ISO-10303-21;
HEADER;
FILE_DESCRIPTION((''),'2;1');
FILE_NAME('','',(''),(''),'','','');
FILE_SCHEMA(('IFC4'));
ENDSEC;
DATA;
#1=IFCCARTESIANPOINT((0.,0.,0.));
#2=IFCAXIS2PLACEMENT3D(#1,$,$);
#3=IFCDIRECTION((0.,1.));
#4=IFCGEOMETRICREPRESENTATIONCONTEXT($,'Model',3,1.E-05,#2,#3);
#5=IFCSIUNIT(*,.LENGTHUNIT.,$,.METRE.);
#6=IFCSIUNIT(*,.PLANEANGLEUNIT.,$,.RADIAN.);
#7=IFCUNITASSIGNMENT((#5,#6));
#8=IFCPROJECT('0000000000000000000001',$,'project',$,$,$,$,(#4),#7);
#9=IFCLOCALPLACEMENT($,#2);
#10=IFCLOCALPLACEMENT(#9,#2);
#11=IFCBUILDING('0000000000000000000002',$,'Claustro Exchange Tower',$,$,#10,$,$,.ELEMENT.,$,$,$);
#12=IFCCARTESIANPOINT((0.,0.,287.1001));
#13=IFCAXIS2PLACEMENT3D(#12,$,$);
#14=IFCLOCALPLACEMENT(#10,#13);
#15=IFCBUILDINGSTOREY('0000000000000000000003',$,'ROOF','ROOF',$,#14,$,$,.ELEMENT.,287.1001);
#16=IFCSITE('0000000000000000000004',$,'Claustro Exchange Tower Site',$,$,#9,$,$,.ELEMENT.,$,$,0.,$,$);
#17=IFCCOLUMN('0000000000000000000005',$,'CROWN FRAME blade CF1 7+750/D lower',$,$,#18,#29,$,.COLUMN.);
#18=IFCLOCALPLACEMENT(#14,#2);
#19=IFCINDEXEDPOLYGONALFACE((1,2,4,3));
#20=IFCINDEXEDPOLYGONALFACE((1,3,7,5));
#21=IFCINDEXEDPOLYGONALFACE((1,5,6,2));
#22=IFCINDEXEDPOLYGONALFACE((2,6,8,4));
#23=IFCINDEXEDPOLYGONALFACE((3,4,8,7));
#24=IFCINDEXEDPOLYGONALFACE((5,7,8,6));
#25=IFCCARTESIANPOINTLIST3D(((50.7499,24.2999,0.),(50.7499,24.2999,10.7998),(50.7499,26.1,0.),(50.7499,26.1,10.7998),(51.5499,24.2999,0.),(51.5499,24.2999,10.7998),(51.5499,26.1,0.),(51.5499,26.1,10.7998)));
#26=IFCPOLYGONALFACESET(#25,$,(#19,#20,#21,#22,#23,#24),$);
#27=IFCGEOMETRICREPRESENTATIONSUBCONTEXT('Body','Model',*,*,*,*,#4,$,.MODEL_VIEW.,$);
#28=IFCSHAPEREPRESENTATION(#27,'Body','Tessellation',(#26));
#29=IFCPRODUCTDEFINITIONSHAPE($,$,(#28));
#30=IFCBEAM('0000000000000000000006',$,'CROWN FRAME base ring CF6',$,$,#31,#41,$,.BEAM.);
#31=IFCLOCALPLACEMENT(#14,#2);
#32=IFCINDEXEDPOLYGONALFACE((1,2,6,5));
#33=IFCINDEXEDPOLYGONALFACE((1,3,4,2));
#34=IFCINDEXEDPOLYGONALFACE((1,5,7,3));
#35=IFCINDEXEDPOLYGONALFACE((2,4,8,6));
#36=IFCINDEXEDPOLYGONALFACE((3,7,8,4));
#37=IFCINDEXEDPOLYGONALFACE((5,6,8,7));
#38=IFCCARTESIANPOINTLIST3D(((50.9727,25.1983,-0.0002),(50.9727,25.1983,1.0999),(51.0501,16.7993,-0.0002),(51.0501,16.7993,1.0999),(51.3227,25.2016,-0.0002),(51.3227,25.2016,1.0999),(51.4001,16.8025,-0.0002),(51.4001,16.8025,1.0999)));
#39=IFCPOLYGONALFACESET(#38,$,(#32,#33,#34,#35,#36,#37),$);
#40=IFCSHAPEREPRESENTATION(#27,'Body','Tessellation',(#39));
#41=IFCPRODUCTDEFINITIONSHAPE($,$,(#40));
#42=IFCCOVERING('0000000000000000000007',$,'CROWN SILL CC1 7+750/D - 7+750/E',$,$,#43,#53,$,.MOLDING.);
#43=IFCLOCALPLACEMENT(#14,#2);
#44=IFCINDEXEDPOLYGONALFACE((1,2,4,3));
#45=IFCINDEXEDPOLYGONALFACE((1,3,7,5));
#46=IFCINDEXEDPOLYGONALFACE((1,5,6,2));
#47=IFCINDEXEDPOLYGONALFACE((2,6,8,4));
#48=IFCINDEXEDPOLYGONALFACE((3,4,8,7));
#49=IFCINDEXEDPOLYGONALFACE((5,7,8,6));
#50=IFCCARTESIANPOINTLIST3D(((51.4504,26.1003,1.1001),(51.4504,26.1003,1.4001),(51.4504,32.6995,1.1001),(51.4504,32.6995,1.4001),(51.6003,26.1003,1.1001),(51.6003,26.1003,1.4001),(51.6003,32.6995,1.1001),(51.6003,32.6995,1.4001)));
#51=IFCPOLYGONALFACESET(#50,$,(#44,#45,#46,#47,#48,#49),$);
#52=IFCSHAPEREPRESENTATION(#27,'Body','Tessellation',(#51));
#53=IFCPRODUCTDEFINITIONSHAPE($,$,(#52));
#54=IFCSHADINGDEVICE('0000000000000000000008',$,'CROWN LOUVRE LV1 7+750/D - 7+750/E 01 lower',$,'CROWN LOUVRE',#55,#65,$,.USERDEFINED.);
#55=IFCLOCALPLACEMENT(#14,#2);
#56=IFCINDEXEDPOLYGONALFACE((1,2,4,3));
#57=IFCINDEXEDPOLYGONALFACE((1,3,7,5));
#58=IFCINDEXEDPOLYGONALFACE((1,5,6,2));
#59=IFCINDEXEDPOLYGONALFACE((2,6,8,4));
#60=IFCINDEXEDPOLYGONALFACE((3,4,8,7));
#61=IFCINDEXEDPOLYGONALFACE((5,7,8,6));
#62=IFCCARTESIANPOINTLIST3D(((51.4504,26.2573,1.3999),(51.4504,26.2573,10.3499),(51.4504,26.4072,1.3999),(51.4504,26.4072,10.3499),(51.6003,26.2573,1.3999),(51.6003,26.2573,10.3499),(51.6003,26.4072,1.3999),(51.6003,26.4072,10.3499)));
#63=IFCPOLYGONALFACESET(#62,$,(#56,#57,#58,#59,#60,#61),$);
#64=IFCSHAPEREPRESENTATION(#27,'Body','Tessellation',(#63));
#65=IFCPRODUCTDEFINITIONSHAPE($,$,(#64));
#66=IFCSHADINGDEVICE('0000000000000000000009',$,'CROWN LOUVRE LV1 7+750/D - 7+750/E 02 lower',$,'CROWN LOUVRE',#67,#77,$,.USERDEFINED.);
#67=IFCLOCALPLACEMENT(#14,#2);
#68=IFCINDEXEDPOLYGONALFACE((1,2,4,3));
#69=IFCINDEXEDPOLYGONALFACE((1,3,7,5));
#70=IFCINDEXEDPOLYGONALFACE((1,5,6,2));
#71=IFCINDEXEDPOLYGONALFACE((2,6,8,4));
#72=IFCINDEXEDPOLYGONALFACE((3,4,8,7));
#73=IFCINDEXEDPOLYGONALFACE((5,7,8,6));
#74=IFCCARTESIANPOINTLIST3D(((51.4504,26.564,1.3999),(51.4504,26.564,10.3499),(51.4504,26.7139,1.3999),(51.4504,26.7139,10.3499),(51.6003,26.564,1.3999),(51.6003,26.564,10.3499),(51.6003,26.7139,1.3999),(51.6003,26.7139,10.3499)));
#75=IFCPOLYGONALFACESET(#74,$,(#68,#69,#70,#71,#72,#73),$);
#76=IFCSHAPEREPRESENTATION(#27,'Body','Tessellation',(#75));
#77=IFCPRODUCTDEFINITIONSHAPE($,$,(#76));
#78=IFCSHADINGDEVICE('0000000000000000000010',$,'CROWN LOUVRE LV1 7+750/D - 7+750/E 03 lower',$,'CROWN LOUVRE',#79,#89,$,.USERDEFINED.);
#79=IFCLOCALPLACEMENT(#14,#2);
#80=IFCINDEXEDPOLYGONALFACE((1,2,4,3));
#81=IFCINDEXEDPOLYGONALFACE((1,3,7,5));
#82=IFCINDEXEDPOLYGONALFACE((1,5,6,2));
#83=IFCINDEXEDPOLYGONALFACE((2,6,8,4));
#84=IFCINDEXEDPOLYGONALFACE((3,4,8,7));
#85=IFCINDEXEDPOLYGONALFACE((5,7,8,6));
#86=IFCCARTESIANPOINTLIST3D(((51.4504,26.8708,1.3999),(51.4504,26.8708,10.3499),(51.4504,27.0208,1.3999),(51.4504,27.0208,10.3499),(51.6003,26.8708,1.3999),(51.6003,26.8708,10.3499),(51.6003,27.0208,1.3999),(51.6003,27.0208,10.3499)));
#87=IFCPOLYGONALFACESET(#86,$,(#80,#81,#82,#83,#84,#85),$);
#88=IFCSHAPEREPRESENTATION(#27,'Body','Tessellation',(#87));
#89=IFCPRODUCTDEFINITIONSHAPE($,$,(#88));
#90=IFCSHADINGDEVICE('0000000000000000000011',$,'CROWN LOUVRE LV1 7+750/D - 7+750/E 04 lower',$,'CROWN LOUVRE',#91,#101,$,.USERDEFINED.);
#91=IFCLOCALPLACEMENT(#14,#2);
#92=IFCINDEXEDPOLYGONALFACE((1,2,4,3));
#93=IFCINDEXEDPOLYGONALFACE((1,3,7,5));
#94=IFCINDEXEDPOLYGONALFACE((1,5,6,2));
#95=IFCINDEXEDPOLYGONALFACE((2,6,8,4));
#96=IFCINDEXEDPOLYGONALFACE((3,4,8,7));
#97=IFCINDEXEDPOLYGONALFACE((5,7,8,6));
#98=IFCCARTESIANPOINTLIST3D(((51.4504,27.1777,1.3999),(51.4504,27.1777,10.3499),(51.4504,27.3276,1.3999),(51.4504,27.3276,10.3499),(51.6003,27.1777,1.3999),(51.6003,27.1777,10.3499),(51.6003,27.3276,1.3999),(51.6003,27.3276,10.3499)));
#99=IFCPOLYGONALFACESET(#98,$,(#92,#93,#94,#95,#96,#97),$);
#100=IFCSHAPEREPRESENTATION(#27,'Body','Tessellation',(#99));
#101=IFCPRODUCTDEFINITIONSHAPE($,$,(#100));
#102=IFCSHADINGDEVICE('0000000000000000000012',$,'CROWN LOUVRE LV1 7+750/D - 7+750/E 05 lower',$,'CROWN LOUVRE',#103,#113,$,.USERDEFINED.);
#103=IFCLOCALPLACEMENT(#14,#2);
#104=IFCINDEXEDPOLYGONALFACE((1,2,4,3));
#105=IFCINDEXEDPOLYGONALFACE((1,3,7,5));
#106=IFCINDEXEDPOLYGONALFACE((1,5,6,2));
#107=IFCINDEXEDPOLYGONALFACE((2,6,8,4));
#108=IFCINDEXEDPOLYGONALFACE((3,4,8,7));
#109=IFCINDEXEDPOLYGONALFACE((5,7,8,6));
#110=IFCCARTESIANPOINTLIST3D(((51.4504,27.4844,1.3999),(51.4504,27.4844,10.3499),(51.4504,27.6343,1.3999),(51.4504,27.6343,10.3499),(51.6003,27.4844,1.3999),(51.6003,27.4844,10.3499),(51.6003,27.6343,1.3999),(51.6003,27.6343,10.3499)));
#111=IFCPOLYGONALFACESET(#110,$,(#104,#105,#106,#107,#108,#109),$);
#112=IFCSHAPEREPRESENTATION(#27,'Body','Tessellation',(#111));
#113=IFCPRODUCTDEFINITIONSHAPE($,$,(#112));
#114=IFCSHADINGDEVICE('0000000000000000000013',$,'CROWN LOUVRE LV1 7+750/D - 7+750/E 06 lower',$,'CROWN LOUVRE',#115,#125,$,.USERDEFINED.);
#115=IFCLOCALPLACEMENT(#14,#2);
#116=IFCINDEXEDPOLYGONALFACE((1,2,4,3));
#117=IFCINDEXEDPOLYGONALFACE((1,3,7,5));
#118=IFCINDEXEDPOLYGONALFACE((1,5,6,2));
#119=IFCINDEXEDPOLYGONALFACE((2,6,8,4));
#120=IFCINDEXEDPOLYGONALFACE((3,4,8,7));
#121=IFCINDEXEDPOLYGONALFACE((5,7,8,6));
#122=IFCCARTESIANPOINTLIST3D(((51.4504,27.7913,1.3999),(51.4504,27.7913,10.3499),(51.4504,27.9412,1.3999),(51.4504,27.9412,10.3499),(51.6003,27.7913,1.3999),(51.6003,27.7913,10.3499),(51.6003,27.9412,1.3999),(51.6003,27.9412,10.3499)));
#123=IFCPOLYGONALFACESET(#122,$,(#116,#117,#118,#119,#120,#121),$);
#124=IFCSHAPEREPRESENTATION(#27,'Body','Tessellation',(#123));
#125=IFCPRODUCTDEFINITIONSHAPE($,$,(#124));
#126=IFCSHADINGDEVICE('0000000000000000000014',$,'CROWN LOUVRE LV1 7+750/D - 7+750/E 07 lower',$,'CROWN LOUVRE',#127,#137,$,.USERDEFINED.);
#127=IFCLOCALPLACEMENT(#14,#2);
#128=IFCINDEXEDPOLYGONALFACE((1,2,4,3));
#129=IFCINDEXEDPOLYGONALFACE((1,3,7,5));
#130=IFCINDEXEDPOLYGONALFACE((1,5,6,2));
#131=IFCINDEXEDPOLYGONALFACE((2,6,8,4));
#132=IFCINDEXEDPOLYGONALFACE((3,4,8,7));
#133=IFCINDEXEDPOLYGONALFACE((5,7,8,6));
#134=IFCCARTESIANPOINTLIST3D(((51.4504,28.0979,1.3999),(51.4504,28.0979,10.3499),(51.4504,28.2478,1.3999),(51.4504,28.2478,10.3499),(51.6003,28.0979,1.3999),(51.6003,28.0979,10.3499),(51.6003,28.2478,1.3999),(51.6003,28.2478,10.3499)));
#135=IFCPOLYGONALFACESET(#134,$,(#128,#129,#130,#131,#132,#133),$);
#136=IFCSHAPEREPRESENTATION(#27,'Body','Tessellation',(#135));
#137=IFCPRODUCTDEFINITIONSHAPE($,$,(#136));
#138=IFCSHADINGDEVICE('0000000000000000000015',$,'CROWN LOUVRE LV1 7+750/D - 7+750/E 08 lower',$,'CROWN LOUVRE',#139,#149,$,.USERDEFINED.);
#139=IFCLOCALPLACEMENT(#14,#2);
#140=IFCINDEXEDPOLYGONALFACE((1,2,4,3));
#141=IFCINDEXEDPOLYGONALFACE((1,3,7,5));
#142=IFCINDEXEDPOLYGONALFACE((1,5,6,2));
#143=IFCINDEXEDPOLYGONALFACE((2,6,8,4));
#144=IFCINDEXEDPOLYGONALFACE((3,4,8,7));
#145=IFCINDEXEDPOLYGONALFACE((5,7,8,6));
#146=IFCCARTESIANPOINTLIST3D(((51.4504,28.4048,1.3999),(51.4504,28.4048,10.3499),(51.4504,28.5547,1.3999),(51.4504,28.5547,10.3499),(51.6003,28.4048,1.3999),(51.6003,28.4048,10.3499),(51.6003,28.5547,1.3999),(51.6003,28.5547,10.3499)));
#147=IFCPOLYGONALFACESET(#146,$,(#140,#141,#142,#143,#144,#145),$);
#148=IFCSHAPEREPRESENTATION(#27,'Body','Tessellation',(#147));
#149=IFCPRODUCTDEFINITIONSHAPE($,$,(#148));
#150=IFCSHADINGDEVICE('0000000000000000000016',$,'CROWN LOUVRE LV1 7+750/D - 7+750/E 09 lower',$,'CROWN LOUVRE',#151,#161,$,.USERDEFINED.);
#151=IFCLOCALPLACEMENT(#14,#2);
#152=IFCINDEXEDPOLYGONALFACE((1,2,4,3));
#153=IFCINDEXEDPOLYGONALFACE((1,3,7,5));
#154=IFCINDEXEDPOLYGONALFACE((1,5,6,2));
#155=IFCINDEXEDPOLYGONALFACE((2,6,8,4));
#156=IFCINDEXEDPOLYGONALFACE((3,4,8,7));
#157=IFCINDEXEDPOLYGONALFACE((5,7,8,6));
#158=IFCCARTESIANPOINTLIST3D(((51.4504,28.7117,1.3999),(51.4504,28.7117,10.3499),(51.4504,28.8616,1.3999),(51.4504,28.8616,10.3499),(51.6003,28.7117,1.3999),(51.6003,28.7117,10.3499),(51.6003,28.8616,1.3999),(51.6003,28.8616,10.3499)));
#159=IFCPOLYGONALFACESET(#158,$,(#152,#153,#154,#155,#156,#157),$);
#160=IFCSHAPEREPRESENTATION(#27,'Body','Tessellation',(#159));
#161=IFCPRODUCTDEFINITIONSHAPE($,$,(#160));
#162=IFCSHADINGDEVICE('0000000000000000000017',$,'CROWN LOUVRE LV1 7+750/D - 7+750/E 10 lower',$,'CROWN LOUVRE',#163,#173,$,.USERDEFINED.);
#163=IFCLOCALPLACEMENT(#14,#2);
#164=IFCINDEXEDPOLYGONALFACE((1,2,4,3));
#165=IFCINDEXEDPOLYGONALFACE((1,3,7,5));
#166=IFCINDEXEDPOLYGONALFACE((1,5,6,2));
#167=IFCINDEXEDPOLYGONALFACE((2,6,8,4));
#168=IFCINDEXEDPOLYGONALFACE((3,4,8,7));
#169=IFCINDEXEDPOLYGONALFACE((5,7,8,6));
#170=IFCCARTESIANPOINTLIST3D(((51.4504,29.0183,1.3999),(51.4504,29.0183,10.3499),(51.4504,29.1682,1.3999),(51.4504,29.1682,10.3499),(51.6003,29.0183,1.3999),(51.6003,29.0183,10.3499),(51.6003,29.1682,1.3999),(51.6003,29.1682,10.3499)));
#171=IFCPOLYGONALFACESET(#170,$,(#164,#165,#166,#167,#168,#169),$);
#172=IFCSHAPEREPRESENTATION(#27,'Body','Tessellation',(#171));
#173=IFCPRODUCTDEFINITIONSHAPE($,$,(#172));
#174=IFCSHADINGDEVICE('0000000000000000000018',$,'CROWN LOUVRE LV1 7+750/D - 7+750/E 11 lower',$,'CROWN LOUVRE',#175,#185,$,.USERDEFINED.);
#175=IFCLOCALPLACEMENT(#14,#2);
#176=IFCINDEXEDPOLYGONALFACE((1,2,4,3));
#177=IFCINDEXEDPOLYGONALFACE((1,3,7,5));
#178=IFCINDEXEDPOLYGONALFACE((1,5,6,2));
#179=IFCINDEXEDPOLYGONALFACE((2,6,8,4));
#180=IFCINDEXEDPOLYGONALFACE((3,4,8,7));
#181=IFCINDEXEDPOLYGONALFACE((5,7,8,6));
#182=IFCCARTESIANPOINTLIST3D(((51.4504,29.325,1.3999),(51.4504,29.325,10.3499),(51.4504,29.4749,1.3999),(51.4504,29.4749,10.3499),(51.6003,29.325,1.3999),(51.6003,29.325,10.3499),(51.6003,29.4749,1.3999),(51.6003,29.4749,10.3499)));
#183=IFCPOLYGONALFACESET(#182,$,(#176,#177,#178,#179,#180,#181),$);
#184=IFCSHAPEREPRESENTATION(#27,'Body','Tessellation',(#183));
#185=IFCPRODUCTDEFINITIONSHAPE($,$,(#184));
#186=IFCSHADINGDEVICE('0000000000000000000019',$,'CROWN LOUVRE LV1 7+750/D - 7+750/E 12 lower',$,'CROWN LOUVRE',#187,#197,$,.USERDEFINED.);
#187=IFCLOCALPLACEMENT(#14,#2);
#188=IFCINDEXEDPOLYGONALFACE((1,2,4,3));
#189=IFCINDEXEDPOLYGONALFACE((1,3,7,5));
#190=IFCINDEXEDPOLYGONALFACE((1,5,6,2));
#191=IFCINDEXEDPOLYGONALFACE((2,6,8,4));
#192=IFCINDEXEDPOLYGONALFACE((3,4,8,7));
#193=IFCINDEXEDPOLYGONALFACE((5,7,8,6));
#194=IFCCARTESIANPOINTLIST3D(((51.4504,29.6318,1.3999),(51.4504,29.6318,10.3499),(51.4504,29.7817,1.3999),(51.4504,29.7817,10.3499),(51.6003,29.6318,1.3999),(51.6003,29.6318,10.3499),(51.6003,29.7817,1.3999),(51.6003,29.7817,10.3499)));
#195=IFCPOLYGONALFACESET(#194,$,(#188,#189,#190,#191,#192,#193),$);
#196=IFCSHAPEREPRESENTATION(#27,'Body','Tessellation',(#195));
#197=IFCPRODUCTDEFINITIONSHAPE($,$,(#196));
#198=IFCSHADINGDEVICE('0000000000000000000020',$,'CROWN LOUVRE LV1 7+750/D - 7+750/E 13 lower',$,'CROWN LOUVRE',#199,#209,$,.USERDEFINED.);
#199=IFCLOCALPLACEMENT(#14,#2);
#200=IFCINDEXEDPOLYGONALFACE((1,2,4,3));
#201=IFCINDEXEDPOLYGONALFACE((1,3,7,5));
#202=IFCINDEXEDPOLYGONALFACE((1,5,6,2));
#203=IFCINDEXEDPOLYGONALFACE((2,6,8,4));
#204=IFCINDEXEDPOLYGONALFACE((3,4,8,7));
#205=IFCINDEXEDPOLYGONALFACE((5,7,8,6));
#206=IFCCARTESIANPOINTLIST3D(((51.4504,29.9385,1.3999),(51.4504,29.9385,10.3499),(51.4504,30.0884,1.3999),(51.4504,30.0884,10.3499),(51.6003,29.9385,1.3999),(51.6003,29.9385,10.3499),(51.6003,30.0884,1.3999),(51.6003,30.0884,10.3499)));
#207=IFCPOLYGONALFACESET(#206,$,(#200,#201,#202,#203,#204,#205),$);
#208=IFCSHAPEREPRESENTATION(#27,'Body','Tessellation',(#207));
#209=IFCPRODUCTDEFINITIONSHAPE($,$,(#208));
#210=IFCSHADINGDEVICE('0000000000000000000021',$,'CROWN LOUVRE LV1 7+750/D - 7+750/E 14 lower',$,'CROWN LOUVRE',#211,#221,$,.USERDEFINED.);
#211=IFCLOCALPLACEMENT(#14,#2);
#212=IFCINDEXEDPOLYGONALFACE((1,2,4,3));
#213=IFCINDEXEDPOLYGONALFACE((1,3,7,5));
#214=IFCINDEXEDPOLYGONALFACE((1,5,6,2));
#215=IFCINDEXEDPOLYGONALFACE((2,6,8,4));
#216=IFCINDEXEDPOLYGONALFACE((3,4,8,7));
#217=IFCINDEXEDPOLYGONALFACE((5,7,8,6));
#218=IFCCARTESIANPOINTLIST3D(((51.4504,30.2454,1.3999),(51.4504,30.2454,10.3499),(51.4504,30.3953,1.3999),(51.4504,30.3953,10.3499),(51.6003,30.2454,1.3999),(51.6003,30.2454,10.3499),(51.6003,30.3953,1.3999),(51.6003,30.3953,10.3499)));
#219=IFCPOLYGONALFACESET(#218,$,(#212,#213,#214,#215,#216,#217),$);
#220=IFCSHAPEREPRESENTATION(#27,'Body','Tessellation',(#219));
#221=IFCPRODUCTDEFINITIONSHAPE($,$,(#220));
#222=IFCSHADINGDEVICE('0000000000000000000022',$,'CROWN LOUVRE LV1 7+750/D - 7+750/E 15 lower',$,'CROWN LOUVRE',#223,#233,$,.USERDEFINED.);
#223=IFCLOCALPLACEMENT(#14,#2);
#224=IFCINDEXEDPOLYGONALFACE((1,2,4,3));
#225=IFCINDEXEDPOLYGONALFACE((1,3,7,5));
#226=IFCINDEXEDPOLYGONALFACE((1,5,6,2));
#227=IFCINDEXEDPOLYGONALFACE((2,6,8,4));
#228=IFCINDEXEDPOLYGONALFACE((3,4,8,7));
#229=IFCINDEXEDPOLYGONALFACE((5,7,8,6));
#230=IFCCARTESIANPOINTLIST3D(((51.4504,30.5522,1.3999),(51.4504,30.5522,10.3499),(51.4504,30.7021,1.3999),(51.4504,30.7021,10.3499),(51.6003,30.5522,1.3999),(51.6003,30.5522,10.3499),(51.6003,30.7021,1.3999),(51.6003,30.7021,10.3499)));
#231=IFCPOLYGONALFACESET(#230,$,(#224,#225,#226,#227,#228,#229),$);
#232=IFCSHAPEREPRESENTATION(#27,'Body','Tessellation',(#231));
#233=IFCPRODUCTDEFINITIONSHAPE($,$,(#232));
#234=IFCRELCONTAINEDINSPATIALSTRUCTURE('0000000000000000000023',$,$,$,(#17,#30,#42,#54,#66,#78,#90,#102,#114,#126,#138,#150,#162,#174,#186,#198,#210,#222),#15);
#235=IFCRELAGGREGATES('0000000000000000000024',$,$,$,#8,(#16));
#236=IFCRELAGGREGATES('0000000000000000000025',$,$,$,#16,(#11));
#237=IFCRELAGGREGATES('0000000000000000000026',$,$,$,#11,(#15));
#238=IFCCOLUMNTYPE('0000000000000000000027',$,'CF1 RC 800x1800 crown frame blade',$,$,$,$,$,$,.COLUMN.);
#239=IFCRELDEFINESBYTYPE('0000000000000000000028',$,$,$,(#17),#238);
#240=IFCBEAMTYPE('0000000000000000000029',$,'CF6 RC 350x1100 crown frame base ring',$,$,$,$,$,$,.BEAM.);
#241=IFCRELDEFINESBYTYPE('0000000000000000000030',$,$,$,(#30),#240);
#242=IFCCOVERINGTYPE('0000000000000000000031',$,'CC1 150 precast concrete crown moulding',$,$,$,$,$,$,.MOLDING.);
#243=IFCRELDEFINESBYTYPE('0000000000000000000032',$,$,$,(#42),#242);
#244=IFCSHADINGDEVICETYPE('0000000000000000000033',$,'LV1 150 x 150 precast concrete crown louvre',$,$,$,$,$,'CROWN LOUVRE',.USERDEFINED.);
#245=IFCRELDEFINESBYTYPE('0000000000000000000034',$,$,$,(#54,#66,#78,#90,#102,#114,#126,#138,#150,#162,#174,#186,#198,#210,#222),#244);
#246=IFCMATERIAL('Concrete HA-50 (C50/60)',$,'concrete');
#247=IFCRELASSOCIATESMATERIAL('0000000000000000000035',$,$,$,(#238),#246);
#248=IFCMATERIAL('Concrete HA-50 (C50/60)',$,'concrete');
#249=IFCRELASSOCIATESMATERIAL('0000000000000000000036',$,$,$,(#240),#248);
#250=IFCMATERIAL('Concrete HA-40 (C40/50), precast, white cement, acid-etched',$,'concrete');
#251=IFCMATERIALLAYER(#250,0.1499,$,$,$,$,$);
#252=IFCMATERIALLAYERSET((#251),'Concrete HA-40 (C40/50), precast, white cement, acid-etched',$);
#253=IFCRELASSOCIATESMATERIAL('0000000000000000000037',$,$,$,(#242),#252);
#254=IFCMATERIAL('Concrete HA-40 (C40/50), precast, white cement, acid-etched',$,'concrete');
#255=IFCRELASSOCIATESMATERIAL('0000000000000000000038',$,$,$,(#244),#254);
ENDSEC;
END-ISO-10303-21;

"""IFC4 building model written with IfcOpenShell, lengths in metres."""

from ifc_helpers import new_model, si_unit, direction, frame, origin, origin_2d, place, context, subcontext, project, spatial, rectangle, extrude, material, layer, layer_set, material_profile, profile_set, type_object, element, save


model = new_model("IFC4")

# Units and contexts
model_context = context("Model", 3, precision=1e-05, world=origin(), true_north=direction((0.0, 1.0)))
body_context = subcontext(model_context, "Body", "Model", "MODEL_VIEW")
ifc_project = project(units=[si_unit("LENGTHUNIT", "METRE"), si_unit("PLANEANGLEUNIT", "RADIAN")], contexts=[model_context])

# Site, building, storey
site_placement = place(None, origin())
site = spatial("IfcSite", under=ifc_project, at=site_placement, Name="Claustro Exchange Tower Site", CompositionType="ELEMENT", RefElevation=0.0)
building_placement = place(site_placement, origin())
building = spatial("IfcBuilding", under=site, at=building_placement, Name="Claustro Exchange Tower", CompositionType="ELEMENT")
storey_placement = place(building_placement, frame((0.0, 0.0, 287.1001)))
storey = spatial("IfcBuildingStorey", under=building, at=storey_placement, Name="ROOF", Description="ROOF", CompositionType="ELEMENT", Elevation=287.1001)

# Column
ifc_material_1 = material(Name="Concrete HA-50 (C50/60)", Category="concrete")
ifc_material_profile_1 = material_profile(ifc_material_1, rectangle(XDim=0.8, YDim=1.8, at=origin_2d()), Name="RC 800x1800")
ifc_profile_set_1 = profile_set([ifc_material_profile_1], Name="Concrete HA-50 (C50/60)")
column_type = type_object("IfcColumnType", Name="CF1 RC 800x1800 crown frame blade", PredefinedType="COLUMN", material=ifc_profile_set_1)
column_placement = place(storey_placement, frame((51.1499, 25.2, 0.0), z_axis=(0.0, 0.0, 1.0), x_axis=(1.0, 0.0, 0.0)))
element("IfcColumn", 1, at=column_placement, inside=storey, type_object=column_type, Name="CROWN FRAME blade CF1 7+750/D lower", PredefinedType="COLUMN", context=body_context, shape_type="SweptSolid", body=[
    extrude(rectangle(XDim=0.8, YDim=1.8, at=origin_2d()), origin(), (0.0, 0.0, 1.0), 10.7998),
])

# Beam
ifc_material_2 = material(Name="Concrete HA-50 (C50/60)", Category="concrete")
ifc_material_profile_2 = material_profile(ifc_material_2, rectangle(XDim=0.3501, YDim=1.1001, at=origin_2d()), Name="RC 350x1100")
ifc_profile_set_2 = profile_set([ifc_material_profile_2], Name="Concrete HA-50 (C50/60)")
beam_type = type_object("IfcBeamType", Name="CF6 RC 350x1100 crown frame base ring", PredefinedType="BEAM", material=ifc_profile_set_2)
beam_placement = place(storey_placement, frame((51.1477, 25.2, 0.5498), z_axis=(0.009214, -0.999958, 0.0), x_axis=(0.999958, 0.009214, 0.0)))
element("IfcBeam", 2, at=beam_placement, inside=storey, type_object=beam_type, Name="CROWN FRAME base ring CF6", PredefinedType="BEAM", context=body_context, shape_type="SweptSolid", body=[
    extrude(rectangle(XDim=0.3501, YDim=1.1001, at=origin_2d()), origin(), (0.0, 0.0, 1.0), 8.3994),
])

# Covering
ifc_material_3 = material(Name="Concrete HA-40 (C40/50), precast, white cement, acid-etched", Category="concrete")
ifc_layer_1 = layer(ifc_material_3, 0.1499)
ifc_layer_set_1 = layer_set([ifc_layer_1], Name="Concrete HA-40 (C40/50), precast, white cement, acid-etched")
covering_type = type_object("IfcCoveringType", Name="CC1 150 precast concrete crown moulding", PredefinedType="MOLDING", material=ifc_layer_set_1)
covering_placement = place(storey_placement, frame((51.5254, 29.3999, 1.1001), z_axis=(0.0, 0.0, 1.0), x_axis=(0.0, 1.0, 0.0)))
element("IfcCovering", 3, at=covering_placement, inside=storey, type_object=covering_type, Name="CROWN SILL CC1 7+750/D - 7+750/E", PredefinedType="MOLDING", context=body_context, shape_type="SweptSolid", body=[
    extrude(rectangle(XDim=6.5991, YDim=0.1499, at=origin_2d()), origin(), (0.0, 0.0, 1.0), 0.3),
])

# Shading devices
ifc_material_4 = material(Name="Concrete HA-40 (C40/50), precast, white cement, acid-etched", Category="concrete")
shading_device_type = type_object("IfcShadingDeviceType", Name="LV1 150 x 150 precast concrete crown louvre", ElementType="CROWN LOUVRE", PredefinedType="USERDEFINED", material=ifc_material_4)
for number, where, z_axis, x_axis, name in (
    (4, (51.5254, 26.3323, 1.3999), (0.0, 0.0, 1.0), (0.0, 1.0, 0.0), "CROWN LOUVRE LV1 7+750/D - 7+750/E 01 lower"),
    (5, (51.5254, 26.6389, 1.3999), (0.0, 0.0, 1.0), (0.0, 1.0, 0.0), "CROWN LOUVRE LV1 7+750/D - 7+750/E 02 lower"),
    (6, (51.5254, 26.9458, 1.3999), (0.0, 0.0, 1.0), (0.0, 1.0, 0.0), "CROWN LOUVRE LV1 7+750/D - 7+750/E 03 lower"),
    (7, (51.5254, 27.2527, 1.3999), (0.0, 0.0, 1.0), (0.0, 1.0, 0.0), "CROWN LOUVRE LV1 7+750/D - 7+750/E 04 lower"),
    (8, (51.5254, 27.5593, 1.3999), (0.0, 0.0, 1.0), (0.0, 1.0, 0.0), "CROWN LOUVRE LV1 7+750/D - 7+750/E 05 lower"),
    (9, (51.5254, 27.8662, 1.3999), (0.0, 0.0, 1.0), (0.0, 1.0, 0.0), "CROWN LOUVRE LV1 7+750/D - 7+750/E 06 lower"),
    (10, (51.5254, 28.1729, 1.3999), (0.0, 0.0, 1.0), (0.0, 1.0, 0.0), "CROWN LOUVRE LV1 7+750/D - 7+750/E 07 lower"),
    (11, (51.5254, 28.4797, 1.3999), (0.0, 0.0, 1.0), (0.0, 1.0, 0.0), "CROWN LOUVRE LV1 7+750/D - 7+750/E 08 lower"),
    (12, (51.5254, 28.7866, 1.3999), (0.0, 0.0, 1.0), (0.0, 1.0, 0.0), "CROWN LOUVRE LV1 7+750/D - 7+750/E 09 lower"),
    (13, (51.5254, 29.0933, 1.3999), (0.0, 0.0, 1.0), (0.0, 1.0, 0.0), "CROWN LOUVRE LV1 7+750/D - 7+750/E 10 lower"),
    (14, (51.5254, 29.3999, 1.3999), (0.0, 0.0, 1.0), (0.0, 1.0, 0.0), "CROWN LOUVRE LV1 7+750/D - 7+750/E 11 lower"),
    (15, (51.5254, 29.7068, 1.3999), (0.0, 0.0, 1.0), (0.0, 1.0, 0.0), "CROWN LOUVRE LV1 7+750/D - 7+750/E 12 lower"),
    (16, (51.5254, 30.0134, 1.3999), (0.0, 0.0, 1.0), (0.0, 1.0, 0.0), "CROWN LOUVRE LV1 7+750/D - 7+750/E 13 lower"),
    (17, (51.5254, 30.3203, 1.3999), (0.0, 0.0, 1.0), (0.0, 1.0, 0.0), "CROWN LOUVRE LV1 7+750/D - 7+750/E 14 lower"),
    (18, (51.5254, 30.6272, 1.3999), (0.0, 0.0, 1.0), (0.0, 1.0, 0.0), "CROWN LOUVRE LV1 7+750/D - 7+750/E 15 lower"),
):
    element("IfcShadingDevice", number, at=place(storey_placement, frame(where, z_axis=z_axis, x_axis=x_axis)), inside=storey, type_object=shading_device_type, Name=name, ObjectType="CROWN LOUVRE", PredefinedType="USERDEFINED", context=body_context, shape_type="SweptSolid", body=[
        extrude(rectangle(XDim=0.1499, YDim=0.1499, at=origin_2d()), origin(), (0.0, 0.0, 1.0), 8.95),
    ])

save(model, "model.ifc")
